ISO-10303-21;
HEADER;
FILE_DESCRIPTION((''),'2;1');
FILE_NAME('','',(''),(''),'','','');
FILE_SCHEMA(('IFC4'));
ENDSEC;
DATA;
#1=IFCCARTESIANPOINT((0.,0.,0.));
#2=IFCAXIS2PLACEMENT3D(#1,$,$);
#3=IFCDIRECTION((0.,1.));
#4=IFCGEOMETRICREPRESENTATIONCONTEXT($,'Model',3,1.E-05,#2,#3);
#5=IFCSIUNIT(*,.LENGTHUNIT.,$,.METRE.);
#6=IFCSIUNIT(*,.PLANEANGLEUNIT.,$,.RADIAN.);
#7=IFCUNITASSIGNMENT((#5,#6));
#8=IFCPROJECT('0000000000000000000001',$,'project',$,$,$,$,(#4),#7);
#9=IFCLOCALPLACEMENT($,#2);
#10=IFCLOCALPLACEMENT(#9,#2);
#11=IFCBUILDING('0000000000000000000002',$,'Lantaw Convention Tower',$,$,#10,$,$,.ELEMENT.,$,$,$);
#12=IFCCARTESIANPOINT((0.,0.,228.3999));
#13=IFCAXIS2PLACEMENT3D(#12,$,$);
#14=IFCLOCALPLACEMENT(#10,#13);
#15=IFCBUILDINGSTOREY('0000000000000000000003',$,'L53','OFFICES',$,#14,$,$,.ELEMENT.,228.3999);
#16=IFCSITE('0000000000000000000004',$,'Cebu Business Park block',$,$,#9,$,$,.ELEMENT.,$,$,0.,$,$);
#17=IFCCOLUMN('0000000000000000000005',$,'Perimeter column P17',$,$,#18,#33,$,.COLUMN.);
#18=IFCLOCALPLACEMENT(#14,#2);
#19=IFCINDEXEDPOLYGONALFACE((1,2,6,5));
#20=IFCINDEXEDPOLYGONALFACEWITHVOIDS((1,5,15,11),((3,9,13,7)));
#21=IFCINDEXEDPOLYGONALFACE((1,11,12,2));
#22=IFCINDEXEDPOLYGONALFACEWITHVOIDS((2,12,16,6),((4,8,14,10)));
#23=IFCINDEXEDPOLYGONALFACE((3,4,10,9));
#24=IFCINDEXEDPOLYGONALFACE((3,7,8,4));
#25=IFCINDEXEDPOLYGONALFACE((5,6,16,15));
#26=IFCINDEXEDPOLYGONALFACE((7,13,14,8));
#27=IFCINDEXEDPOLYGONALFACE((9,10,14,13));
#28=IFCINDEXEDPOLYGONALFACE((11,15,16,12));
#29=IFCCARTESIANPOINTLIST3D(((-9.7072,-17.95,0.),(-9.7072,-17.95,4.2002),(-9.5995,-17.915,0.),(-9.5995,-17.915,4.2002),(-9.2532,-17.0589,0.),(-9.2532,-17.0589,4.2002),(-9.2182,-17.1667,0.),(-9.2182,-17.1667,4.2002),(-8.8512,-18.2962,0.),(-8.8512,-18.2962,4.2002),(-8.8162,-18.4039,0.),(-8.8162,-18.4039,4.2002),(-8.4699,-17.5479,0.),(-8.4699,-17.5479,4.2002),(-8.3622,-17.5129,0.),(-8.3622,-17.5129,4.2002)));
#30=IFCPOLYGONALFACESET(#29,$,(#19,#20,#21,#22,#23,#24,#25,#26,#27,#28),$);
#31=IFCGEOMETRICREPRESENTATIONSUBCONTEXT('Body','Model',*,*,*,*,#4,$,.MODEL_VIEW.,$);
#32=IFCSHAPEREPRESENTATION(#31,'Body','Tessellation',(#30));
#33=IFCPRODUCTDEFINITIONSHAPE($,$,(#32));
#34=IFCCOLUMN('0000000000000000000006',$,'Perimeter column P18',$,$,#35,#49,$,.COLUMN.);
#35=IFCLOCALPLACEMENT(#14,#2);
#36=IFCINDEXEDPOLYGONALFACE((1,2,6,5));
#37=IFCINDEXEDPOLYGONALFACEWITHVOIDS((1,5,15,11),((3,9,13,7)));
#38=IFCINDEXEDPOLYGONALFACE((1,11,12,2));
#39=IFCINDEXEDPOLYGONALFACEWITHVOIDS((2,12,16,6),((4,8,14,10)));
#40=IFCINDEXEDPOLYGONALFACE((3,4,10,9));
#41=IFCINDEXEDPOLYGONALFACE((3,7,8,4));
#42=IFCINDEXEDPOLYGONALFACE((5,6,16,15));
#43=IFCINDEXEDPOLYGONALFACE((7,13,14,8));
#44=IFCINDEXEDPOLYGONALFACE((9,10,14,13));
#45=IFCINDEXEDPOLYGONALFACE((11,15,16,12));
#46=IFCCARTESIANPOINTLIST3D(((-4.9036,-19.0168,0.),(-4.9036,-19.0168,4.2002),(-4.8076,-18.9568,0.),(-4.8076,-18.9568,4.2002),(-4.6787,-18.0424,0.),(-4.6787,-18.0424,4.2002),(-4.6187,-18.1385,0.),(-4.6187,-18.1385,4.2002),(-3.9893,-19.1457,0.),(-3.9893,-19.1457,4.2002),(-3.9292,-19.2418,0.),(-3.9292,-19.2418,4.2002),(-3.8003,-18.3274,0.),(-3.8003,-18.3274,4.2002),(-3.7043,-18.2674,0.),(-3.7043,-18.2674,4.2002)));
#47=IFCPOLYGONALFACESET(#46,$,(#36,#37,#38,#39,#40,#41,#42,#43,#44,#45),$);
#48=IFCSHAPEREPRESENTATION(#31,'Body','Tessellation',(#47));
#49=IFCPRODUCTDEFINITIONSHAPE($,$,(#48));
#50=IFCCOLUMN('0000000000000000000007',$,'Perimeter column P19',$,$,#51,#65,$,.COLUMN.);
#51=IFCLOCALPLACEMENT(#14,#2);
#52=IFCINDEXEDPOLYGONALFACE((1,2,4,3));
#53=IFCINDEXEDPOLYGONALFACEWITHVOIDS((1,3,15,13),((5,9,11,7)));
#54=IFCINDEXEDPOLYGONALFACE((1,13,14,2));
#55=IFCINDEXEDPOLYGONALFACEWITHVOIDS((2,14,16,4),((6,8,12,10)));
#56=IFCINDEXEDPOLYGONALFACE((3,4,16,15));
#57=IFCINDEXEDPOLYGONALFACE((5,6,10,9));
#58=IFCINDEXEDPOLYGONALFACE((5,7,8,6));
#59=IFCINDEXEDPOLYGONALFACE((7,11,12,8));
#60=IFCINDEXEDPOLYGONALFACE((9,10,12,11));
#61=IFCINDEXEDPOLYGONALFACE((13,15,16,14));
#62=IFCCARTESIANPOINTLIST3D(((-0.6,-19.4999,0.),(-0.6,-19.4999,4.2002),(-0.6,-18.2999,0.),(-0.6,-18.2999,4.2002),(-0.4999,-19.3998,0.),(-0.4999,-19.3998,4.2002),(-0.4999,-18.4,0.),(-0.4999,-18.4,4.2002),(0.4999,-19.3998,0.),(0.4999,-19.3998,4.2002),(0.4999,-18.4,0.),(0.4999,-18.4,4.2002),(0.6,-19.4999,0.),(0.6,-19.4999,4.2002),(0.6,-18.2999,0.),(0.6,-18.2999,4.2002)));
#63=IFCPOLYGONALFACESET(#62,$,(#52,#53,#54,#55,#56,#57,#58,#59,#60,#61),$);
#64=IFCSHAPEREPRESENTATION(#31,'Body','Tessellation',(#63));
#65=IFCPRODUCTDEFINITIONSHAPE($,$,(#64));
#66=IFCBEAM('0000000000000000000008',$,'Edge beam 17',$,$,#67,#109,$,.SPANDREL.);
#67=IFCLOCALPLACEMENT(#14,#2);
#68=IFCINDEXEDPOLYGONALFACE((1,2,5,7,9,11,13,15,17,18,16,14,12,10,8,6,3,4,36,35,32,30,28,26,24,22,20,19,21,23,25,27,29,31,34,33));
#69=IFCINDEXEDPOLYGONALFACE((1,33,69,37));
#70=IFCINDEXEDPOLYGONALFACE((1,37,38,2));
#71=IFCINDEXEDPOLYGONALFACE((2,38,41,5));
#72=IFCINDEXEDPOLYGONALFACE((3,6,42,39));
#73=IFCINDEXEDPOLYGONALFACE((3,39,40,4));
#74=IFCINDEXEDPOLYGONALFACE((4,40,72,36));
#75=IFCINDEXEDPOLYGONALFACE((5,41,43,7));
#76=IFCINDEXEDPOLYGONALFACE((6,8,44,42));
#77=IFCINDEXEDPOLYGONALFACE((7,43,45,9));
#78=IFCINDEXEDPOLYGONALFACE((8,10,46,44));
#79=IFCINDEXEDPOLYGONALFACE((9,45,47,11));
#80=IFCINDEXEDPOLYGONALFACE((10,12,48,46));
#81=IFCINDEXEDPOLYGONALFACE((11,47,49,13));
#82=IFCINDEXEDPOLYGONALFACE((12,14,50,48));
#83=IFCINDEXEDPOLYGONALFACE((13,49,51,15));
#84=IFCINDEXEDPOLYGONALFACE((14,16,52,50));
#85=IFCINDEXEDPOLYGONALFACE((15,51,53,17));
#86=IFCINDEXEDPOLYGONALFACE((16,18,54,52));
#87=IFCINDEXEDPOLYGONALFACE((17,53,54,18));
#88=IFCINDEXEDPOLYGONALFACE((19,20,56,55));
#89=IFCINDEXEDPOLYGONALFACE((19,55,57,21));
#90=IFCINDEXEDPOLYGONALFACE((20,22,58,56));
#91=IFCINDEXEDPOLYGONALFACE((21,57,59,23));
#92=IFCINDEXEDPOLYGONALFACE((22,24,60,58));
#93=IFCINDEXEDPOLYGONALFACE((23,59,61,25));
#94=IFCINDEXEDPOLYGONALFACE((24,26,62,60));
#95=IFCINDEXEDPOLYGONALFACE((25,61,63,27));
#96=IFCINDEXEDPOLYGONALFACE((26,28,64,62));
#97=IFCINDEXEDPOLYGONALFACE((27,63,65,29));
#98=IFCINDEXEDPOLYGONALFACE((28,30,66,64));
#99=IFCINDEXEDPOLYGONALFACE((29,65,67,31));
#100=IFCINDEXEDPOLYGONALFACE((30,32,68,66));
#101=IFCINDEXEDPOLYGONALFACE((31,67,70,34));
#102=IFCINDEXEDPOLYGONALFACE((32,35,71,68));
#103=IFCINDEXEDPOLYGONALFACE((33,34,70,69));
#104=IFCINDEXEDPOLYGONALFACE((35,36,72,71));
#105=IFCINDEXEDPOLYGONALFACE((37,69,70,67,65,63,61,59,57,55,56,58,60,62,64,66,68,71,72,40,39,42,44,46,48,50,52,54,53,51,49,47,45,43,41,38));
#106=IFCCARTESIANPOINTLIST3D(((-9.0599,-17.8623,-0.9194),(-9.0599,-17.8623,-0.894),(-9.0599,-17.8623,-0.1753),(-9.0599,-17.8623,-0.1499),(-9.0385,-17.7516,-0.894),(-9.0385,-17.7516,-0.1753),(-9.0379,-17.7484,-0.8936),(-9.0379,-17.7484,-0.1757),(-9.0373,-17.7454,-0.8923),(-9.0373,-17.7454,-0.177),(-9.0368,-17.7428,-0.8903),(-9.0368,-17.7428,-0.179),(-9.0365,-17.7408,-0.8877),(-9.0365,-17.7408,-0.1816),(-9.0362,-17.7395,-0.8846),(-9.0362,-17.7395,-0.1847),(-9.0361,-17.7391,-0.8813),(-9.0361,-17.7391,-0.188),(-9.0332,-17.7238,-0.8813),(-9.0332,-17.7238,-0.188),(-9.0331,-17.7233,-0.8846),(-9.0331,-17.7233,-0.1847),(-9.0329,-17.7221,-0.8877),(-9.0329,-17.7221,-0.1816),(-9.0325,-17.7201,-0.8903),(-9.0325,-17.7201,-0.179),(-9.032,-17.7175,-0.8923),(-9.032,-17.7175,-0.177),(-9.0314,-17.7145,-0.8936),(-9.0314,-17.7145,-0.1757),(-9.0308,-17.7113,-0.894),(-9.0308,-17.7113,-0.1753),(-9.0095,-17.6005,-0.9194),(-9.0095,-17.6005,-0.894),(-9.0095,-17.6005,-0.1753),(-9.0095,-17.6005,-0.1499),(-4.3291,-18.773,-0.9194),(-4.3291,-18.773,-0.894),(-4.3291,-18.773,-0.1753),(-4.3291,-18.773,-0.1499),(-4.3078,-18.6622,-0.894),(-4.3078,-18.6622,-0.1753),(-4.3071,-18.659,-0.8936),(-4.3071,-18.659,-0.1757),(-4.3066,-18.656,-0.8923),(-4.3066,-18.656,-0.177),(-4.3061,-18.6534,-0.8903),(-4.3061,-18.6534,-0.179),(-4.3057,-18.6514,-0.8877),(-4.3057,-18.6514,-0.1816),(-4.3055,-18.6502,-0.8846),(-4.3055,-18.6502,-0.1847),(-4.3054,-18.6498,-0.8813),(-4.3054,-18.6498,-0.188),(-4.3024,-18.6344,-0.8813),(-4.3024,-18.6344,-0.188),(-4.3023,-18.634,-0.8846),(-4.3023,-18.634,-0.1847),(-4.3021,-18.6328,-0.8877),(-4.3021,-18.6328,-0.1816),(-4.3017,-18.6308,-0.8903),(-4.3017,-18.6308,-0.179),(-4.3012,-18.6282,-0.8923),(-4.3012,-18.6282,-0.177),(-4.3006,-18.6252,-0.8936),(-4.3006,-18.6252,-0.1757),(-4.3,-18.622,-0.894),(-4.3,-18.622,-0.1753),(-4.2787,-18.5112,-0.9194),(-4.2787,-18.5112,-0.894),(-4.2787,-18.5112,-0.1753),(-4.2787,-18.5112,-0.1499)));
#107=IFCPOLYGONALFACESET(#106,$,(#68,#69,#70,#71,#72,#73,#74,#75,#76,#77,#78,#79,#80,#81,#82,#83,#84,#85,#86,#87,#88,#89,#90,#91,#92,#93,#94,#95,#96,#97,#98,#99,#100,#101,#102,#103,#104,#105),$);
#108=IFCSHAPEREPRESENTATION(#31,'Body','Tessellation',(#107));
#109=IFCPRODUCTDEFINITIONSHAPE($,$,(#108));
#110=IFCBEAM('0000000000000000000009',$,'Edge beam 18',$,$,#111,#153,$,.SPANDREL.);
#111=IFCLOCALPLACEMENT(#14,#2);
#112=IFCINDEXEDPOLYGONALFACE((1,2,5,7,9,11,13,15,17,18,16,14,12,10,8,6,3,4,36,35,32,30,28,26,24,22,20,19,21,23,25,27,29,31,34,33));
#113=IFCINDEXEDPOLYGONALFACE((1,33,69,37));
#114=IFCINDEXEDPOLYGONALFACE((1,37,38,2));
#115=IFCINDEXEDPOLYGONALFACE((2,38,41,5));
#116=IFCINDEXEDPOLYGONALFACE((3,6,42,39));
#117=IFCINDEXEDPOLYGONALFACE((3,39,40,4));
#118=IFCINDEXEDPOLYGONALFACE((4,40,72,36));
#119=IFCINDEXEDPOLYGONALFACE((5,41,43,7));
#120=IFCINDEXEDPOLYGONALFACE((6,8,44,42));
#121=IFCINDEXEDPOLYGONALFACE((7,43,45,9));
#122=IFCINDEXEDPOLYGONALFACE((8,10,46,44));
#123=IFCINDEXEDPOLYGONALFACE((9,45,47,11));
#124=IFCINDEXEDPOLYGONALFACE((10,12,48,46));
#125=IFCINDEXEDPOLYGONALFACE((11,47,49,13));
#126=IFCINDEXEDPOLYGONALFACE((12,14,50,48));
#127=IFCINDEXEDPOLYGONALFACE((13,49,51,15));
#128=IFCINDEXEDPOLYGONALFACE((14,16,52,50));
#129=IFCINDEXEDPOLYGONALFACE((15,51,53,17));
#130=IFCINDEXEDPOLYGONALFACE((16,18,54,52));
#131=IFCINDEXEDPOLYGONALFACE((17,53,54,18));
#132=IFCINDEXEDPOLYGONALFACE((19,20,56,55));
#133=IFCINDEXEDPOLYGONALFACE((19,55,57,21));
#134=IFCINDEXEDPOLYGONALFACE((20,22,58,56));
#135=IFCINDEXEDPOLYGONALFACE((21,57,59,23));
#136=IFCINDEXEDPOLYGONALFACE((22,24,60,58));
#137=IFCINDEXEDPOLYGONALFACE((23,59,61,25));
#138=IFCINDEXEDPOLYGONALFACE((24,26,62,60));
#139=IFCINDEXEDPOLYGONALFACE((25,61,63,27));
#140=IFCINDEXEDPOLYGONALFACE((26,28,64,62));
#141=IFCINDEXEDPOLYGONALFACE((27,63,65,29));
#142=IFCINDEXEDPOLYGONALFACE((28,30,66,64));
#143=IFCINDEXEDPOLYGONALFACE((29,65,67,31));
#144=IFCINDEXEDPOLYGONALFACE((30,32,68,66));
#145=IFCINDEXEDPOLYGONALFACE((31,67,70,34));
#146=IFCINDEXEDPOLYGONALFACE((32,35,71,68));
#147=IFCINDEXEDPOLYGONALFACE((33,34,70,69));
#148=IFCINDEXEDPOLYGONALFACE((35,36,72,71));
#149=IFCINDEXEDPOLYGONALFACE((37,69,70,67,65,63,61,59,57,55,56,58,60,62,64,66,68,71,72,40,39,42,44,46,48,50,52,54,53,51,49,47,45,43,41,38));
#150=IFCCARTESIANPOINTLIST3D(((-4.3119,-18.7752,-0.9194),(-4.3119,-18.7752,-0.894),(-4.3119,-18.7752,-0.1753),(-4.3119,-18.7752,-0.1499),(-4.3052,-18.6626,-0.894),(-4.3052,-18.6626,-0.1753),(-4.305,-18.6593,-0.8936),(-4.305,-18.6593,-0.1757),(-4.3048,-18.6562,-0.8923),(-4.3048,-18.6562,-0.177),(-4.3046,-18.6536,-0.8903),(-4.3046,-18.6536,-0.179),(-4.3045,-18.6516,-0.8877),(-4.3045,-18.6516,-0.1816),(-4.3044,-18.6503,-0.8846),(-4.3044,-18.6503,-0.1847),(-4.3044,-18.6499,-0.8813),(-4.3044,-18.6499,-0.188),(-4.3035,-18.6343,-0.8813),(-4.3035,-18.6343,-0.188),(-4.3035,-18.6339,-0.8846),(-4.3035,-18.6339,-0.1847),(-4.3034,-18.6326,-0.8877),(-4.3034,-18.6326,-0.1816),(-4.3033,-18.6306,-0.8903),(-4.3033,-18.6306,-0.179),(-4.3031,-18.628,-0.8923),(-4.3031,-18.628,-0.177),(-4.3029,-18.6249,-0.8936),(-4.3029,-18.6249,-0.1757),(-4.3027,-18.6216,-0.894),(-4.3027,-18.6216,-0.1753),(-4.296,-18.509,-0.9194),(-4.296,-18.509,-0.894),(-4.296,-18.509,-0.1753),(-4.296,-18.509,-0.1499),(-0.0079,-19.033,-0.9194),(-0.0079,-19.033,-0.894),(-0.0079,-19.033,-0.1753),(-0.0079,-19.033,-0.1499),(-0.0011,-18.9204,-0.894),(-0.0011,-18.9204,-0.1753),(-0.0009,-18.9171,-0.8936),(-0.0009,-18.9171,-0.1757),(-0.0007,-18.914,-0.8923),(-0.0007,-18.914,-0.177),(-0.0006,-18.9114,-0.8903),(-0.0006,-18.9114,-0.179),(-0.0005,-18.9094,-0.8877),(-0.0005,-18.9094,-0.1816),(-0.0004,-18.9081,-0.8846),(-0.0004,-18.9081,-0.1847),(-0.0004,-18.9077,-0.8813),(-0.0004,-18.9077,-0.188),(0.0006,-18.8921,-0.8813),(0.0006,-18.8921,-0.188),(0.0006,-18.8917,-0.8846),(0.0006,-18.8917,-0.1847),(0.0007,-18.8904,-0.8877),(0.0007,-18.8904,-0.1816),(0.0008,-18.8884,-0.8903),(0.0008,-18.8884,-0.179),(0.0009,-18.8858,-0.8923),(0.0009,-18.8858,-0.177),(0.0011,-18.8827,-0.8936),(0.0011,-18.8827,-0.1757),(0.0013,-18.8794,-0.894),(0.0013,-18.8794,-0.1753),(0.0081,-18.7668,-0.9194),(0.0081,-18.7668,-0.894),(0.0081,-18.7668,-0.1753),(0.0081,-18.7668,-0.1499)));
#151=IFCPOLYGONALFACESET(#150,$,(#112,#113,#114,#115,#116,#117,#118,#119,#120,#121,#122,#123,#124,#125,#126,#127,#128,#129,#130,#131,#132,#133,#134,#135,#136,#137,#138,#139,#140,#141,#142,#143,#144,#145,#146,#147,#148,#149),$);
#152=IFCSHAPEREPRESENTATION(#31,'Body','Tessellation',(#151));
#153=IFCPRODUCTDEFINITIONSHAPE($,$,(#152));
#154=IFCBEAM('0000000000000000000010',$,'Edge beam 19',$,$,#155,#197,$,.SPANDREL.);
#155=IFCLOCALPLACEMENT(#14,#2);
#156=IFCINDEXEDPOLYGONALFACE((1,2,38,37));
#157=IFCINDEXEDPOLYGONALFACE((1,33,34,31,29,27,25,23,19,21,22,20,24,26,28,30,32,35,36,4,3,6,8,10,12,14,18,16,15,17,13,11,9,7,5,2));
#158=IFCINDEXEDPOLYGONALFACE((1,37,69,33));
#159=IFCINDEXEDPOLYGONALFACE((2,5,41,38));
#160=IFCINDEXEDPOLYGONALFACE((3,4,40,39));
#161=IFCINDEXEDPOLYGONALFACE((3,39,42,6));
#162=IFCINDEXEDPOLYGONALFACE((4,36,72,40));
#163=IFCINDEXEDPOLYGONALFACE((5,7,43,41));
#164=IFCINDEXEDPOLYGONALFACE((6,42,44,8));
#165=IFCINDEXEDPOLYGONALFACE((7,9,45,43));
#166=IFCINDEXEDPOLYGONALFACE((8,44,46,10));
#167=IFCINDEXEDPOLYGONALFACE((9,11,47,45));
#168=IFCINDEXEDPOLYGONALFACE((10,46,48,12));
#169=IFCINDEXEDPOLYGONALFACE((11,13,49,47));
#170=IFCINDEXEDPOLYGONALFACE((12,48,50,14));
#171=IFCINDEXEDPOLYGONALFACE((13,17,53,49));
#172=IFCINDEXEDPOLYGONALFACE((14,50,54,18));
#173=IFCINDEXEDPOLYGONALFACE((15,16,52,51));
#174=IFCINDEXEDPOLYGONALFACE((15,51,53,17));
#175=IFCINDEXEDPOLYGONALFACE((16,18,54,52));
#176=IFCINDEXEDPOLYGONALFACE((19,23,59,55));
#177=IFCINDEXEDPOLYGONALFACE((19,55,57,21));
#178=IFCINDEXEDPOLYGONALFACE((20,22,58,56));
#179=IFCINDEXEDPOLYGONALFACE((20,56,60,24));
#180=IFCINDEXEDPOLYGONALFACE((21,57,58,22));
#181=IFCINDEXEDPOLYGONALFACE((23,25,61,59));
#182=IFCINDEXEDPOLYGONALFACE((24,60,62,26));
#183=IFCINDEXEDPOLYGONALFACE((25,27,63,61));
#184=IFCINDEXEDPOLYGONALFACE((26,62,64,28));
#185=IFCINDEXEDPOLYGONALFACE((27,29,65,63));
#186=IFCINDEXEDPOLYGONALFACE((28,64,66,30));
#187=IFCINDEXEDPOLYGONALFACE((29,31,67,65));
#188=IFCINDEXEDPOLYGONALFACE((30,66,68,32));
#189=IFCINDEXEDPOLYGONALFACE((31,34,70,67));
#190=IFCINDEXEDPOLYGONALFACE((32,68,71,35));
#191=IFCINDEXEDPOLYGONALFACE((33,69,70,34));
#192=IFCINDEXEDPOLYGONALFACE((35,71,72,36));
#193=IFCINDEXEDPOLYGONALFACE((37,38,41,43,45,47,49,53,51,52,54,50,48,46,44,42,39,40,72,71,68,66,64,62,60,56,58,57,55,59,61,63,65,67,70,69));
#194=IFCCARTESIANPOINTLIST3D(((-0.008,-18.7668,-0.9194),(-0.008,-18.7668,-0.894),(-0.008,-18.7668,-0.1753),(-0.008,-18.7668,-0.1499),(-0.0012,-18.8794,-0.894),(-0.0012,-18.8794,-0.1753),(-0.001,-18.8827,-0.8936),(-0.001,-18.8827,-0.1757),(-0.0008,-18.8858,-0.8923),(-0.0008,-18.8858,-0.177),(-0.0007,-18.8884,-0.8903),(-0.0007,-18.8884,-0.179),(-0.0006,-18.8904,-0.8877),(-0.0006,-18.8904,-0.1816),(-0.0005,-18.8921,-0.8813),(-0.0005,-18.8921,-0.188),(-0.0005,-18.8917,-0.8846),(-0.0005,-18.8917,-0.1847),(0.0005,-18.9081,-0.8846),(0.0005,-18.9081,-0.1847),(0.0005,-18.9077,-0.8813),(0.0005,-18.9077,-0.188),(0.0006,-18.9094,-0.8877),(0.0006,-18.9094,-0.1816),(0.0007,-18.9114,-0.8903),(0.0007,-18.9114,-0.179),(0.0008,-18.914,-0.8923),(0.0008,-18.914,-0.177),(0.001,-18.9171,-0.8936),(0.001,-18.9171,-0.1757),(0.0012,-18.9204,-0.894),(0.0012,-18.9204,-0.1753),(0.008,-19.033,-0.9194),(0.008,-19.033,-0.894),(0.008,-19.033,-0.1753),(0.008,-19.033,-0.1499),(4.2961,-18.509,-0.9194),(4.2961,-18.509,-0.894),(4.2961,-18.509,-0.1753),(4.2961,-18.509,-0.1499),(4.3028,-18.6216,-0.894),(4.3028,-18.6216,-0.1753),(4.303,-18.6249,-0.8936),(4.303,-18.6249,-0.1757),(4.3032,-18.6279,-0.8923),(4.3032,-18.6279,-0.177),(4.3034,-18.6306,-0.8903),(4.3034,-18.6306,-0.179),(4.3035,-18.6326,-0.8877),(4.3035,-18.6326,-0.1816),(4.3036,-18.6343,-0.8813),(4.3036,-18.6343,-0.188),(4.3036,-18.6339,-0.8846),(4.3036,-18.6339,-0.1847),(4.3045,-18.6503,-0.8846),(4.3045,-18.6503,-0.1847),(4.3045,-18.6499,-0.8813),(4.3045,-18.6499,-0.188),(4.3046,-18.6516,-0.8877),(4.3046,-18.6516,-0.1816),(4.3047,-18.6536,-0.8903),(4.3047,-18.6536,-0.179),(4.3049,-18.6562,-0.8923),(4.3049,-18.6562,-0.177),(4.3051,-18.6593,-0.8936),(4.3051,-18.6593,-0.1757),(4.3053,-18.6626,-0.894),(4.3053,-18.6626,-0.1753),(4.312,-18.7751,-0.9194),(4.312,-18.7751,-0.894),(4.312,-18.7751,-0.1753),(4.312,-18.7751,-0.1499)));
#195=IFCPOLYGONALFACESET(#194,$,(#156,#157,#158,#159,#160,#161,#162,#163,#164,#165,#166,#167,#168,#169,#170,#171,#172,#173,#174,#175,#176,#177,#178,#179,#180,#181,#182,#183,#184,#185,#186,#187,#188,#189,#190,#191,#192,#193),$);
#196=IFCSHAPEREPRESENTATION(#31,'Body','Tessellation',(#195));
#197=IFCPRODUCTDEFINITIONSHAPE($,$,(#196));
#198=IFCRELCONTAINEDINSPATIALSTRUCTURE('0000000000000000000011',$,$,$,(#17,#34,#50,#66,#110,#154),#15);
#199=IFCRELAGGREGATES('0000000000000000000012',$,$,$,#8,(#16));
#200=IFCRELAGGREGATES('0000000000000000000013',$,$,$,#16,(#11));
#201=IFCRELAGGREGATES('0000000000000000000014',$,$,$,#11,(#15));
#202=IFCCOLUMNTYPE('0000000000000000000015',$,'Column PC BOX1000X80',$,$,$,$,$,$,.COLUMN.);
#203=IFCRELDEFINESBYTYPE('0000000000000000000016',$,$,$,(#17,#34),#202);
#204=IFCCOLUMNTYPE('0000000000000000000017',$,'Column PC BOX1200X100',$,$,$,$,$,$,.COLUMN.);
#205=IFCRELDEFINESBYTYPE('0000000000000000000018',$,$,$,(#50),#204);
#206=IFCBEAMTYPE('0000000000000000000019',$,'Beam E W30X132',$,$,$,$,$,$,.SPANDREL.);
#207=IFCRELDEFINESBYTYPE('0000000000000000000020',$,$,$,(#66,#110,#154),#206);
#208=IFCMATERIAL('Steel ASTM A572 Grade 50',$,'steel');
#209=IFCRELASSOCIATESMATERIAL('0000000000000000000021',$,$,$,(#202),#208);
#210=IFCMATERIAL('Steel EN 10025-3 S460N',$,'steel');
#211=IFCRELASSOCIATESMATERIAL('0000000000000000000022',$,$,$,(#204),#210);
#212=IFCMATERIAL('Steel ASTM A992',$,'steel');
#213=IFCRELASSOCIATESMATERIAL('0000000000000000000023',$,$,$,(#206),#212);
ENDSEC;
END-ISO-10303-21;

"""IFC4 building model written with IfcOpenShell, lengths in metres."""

from ifc_helpers import new_model, si_unit, direction, frame, origin, origin_2d, place, context, subcontext, project, spatial, rectangle, hollow_rectangle, i_section, extrude, material, material_profile, profile_set, type_object, element, save


model = new_model("IFC4")

# Units and contexts
model_context = context("Model", 3, precision=1e-05, world=origin(), true_north=direction((0.0, 1.0)))
body_context = subcontext(model_context, "Body", "Model", "MODEL_VIEW")
ifc_project = project(units=[si_unit("LENGTHUNIT", "METRE"), si_unit("PLANEANGLEUNIT", "RADIAN")], contexts=[model_context])

# Site, building, storey
site_placement = place(None, origin())
site = spatial("IfcSite", under=ifc_project, at=site_placement, Name="Cebu Business Park block", CompositionType="ELEMENT", RefElevation=0.0)
building_placement = place(site_placement, origin())
building = spatial("IfcBuilding", under=site, at=building_placement, Name="Lantaw Convention Tower", CompositionType="ELEMENT")
storey_placement = place(building_placement, frame((0.0, 0.0, 228.3999)))
storey = spatial("IfcBuildingStorey", under=building, at=storey_placement, Name="L53", Description="OFFICES", CompositionType="ELEMENT", Elevation=228.3999)

# Columns
ifc_material_1 = material(Name="Steel ASTM A572 Grade 50", Category="steel")
ifc_material_profile_1 = material_profile(ifc_material_1, hollow_rectangle(XDim=1.0, YDim=1.0, WallThickness=0.0801, at=origin_2d()), Name="BOX1000X80")
ifc_material_2 = material(Name="Concrete C60/75", Category="concrete")
ifc_material_profile_2 = material_profile(ifc_material_2, rectangle(XDim=0.8401, YDim=0.8401, at=origin_2d()), Name="Concrete fill of BOX1000X80")
ifc_profile_set_1 = profile_set([ifc_material_profile_1, ifc_material_profile_2], Name="Steel ASTM A572 Grade 50")
column_type_1 = type_object("IfcColumnType", Name="Column PC BOX1000X80", PredefinedType="COLUMN", material=ifc_profile_set_1)
for number, where, z_axis, x_axis, name in (
    (1, (-9.0347, -17.7314, 0.0), (0.0, 0.0, 1.0), (0.45399, 0.891007, 0.0), "Perimeter column P17"),
    (2, (-4.304, -18.6421, 0.0), (0.0, 0.0, 1.0), (0.224951, 0.97437, 0.0), "Perimeter column P18"),
):
    element("IfcColumn", number, at=place(storey_placement, frame(where, z_axis=z_axis, x_axis=x_axis)), inside=storey, type_object=column_type_1, Name=name, PredefinedType="COLUMN", context=body_context, shape_type="SweptSolid", body=[
        extrude(hollow_rectangle(XDim=1.0, YDim=1.0, WallThickness=0.0801, at=origin_2d()), origin(), (0.0, 0.0, 1.0), 4.2002),
    ])
ifc_material_3 = material(Name="Steel EN 10025-3 S460N", Category="steel")
ifc_material_profile_3 = material_profile(ifc_material_3, hollow_rectangle(XDim=1.2, YDim=1.2, WallThickness=0.1001, at=origin_2d()), Name="BOX1200X100")
ifc_material_profile_4 = material_profile(ifc_material_2, rectangle(XDim=1.0, YDim=1.0, at=origin_2d()), Name="Concrete fill of BOX1200X100")
ifc_profile_set_2 = profile_set([ifc_material_profile_3, ifc_material_profile_4], Name="Steel EN 10025-3 S460N")
column_type_2 = type_object("IfcColumnType", Name="Column PC BOX1200X100", PredefinedType="COLUMN", material=ifc_profile_set_2)
column_placement = place(storey_placement, frame((0.0, -18.8999, 0.0), z_axis=(0.0, 0.0, 1.0), x_axis=(1.0, 0.0, 0.0)))
element("IfcColumn", 3, at=column_placement, inside=storey, type_object=column_type_2, Name="Perimeter column P19", PredefinedType="COLUMN", context=body_context, shape_type="SweptSolid", body=[
    extrude(hollow_rectangle(XDim=1.2, YDim=1.2, WallThickness=0.1001, at=origin_2d()), origin(), (0.0, 0.0, 1.0), 4.2002),
])

# Beams
ifc_material_4 = material(Name="Steel ASTM A992", Category="steel")
ifc_material_profile_5 = material_profile(ifc_material_4, i_section(OverallWidth=0.2666, OverallDepth=0.7695, WebThickness=0.0156, FlangeThickness=0.0254, FilletRadius=0.0127, at=origin_2d()), Name="W30X132")
ifc_profile_set_3 = profile_set([ifc_material_profile_5], Name="Steel ASTM A992")
beam_type_1 = type_object("IfcBeamType", Name="Beam E W30X132", PredefinedType="SPANDREL", material=ifc_profile_set_3)
beam_1_placement = place(storey_placement, frame((-9.0347, -17.7314, -0.5347), z_axis=(0.981972, -0.189026, 0.0), x_axis=(0.189026, 0.981972, 0.0)))
element("IfcBeam", 4, at=beam_1_placement, inside=storey, type_object=beam_type_1, Name="Edge beam 17", PredefinedType="SPANDREL", context=body_context, shape_type="SweptSolid", body=[
    extrude(i_section(OverallWidth=0.2666, OverallDepth=0.7695, WebThickness=0.0156, FlangeThickness=0.0254, FilletRadius=0.0127, at=origin_2d()), origin(), (0.0, 0.0, 1.0), 4.8176),
])
for number, where, z_axis, x_axis, name in (
    (5, (-4.304, -18.6421, -0.5347), (0.998211, -0.059794, 0.0), (0.059794, 0.998211, 0.0), "Edge beam 18"),
    (6, (0.0, -18.8999, -0.5347), (0.998211, 0.059794, 0.0), (-0.059794, 0.998211, 0.0), "Edge beam 19"),
):
    element("IfcBeam", number, at=place(storey_placement, frame(where, z_axis=z_axis, x_axis=x_axis)), inside=storey, type_object=beam_type_1, Name=name, PredefinedType="SPANDREL", context=body_context, shape_type="SweptSolid", body=[
        extrude(i_section(OverallWidth=0.2666, OverallDepth=0.7695, WebThickness=0.0156, FlangeThickness=0.0254, FilletRadius=0.0127, at=origin_2d()), origin(), (0.0, 0.0, 1.0), 4.3118),
    ])

save(model, "model.ifc")
